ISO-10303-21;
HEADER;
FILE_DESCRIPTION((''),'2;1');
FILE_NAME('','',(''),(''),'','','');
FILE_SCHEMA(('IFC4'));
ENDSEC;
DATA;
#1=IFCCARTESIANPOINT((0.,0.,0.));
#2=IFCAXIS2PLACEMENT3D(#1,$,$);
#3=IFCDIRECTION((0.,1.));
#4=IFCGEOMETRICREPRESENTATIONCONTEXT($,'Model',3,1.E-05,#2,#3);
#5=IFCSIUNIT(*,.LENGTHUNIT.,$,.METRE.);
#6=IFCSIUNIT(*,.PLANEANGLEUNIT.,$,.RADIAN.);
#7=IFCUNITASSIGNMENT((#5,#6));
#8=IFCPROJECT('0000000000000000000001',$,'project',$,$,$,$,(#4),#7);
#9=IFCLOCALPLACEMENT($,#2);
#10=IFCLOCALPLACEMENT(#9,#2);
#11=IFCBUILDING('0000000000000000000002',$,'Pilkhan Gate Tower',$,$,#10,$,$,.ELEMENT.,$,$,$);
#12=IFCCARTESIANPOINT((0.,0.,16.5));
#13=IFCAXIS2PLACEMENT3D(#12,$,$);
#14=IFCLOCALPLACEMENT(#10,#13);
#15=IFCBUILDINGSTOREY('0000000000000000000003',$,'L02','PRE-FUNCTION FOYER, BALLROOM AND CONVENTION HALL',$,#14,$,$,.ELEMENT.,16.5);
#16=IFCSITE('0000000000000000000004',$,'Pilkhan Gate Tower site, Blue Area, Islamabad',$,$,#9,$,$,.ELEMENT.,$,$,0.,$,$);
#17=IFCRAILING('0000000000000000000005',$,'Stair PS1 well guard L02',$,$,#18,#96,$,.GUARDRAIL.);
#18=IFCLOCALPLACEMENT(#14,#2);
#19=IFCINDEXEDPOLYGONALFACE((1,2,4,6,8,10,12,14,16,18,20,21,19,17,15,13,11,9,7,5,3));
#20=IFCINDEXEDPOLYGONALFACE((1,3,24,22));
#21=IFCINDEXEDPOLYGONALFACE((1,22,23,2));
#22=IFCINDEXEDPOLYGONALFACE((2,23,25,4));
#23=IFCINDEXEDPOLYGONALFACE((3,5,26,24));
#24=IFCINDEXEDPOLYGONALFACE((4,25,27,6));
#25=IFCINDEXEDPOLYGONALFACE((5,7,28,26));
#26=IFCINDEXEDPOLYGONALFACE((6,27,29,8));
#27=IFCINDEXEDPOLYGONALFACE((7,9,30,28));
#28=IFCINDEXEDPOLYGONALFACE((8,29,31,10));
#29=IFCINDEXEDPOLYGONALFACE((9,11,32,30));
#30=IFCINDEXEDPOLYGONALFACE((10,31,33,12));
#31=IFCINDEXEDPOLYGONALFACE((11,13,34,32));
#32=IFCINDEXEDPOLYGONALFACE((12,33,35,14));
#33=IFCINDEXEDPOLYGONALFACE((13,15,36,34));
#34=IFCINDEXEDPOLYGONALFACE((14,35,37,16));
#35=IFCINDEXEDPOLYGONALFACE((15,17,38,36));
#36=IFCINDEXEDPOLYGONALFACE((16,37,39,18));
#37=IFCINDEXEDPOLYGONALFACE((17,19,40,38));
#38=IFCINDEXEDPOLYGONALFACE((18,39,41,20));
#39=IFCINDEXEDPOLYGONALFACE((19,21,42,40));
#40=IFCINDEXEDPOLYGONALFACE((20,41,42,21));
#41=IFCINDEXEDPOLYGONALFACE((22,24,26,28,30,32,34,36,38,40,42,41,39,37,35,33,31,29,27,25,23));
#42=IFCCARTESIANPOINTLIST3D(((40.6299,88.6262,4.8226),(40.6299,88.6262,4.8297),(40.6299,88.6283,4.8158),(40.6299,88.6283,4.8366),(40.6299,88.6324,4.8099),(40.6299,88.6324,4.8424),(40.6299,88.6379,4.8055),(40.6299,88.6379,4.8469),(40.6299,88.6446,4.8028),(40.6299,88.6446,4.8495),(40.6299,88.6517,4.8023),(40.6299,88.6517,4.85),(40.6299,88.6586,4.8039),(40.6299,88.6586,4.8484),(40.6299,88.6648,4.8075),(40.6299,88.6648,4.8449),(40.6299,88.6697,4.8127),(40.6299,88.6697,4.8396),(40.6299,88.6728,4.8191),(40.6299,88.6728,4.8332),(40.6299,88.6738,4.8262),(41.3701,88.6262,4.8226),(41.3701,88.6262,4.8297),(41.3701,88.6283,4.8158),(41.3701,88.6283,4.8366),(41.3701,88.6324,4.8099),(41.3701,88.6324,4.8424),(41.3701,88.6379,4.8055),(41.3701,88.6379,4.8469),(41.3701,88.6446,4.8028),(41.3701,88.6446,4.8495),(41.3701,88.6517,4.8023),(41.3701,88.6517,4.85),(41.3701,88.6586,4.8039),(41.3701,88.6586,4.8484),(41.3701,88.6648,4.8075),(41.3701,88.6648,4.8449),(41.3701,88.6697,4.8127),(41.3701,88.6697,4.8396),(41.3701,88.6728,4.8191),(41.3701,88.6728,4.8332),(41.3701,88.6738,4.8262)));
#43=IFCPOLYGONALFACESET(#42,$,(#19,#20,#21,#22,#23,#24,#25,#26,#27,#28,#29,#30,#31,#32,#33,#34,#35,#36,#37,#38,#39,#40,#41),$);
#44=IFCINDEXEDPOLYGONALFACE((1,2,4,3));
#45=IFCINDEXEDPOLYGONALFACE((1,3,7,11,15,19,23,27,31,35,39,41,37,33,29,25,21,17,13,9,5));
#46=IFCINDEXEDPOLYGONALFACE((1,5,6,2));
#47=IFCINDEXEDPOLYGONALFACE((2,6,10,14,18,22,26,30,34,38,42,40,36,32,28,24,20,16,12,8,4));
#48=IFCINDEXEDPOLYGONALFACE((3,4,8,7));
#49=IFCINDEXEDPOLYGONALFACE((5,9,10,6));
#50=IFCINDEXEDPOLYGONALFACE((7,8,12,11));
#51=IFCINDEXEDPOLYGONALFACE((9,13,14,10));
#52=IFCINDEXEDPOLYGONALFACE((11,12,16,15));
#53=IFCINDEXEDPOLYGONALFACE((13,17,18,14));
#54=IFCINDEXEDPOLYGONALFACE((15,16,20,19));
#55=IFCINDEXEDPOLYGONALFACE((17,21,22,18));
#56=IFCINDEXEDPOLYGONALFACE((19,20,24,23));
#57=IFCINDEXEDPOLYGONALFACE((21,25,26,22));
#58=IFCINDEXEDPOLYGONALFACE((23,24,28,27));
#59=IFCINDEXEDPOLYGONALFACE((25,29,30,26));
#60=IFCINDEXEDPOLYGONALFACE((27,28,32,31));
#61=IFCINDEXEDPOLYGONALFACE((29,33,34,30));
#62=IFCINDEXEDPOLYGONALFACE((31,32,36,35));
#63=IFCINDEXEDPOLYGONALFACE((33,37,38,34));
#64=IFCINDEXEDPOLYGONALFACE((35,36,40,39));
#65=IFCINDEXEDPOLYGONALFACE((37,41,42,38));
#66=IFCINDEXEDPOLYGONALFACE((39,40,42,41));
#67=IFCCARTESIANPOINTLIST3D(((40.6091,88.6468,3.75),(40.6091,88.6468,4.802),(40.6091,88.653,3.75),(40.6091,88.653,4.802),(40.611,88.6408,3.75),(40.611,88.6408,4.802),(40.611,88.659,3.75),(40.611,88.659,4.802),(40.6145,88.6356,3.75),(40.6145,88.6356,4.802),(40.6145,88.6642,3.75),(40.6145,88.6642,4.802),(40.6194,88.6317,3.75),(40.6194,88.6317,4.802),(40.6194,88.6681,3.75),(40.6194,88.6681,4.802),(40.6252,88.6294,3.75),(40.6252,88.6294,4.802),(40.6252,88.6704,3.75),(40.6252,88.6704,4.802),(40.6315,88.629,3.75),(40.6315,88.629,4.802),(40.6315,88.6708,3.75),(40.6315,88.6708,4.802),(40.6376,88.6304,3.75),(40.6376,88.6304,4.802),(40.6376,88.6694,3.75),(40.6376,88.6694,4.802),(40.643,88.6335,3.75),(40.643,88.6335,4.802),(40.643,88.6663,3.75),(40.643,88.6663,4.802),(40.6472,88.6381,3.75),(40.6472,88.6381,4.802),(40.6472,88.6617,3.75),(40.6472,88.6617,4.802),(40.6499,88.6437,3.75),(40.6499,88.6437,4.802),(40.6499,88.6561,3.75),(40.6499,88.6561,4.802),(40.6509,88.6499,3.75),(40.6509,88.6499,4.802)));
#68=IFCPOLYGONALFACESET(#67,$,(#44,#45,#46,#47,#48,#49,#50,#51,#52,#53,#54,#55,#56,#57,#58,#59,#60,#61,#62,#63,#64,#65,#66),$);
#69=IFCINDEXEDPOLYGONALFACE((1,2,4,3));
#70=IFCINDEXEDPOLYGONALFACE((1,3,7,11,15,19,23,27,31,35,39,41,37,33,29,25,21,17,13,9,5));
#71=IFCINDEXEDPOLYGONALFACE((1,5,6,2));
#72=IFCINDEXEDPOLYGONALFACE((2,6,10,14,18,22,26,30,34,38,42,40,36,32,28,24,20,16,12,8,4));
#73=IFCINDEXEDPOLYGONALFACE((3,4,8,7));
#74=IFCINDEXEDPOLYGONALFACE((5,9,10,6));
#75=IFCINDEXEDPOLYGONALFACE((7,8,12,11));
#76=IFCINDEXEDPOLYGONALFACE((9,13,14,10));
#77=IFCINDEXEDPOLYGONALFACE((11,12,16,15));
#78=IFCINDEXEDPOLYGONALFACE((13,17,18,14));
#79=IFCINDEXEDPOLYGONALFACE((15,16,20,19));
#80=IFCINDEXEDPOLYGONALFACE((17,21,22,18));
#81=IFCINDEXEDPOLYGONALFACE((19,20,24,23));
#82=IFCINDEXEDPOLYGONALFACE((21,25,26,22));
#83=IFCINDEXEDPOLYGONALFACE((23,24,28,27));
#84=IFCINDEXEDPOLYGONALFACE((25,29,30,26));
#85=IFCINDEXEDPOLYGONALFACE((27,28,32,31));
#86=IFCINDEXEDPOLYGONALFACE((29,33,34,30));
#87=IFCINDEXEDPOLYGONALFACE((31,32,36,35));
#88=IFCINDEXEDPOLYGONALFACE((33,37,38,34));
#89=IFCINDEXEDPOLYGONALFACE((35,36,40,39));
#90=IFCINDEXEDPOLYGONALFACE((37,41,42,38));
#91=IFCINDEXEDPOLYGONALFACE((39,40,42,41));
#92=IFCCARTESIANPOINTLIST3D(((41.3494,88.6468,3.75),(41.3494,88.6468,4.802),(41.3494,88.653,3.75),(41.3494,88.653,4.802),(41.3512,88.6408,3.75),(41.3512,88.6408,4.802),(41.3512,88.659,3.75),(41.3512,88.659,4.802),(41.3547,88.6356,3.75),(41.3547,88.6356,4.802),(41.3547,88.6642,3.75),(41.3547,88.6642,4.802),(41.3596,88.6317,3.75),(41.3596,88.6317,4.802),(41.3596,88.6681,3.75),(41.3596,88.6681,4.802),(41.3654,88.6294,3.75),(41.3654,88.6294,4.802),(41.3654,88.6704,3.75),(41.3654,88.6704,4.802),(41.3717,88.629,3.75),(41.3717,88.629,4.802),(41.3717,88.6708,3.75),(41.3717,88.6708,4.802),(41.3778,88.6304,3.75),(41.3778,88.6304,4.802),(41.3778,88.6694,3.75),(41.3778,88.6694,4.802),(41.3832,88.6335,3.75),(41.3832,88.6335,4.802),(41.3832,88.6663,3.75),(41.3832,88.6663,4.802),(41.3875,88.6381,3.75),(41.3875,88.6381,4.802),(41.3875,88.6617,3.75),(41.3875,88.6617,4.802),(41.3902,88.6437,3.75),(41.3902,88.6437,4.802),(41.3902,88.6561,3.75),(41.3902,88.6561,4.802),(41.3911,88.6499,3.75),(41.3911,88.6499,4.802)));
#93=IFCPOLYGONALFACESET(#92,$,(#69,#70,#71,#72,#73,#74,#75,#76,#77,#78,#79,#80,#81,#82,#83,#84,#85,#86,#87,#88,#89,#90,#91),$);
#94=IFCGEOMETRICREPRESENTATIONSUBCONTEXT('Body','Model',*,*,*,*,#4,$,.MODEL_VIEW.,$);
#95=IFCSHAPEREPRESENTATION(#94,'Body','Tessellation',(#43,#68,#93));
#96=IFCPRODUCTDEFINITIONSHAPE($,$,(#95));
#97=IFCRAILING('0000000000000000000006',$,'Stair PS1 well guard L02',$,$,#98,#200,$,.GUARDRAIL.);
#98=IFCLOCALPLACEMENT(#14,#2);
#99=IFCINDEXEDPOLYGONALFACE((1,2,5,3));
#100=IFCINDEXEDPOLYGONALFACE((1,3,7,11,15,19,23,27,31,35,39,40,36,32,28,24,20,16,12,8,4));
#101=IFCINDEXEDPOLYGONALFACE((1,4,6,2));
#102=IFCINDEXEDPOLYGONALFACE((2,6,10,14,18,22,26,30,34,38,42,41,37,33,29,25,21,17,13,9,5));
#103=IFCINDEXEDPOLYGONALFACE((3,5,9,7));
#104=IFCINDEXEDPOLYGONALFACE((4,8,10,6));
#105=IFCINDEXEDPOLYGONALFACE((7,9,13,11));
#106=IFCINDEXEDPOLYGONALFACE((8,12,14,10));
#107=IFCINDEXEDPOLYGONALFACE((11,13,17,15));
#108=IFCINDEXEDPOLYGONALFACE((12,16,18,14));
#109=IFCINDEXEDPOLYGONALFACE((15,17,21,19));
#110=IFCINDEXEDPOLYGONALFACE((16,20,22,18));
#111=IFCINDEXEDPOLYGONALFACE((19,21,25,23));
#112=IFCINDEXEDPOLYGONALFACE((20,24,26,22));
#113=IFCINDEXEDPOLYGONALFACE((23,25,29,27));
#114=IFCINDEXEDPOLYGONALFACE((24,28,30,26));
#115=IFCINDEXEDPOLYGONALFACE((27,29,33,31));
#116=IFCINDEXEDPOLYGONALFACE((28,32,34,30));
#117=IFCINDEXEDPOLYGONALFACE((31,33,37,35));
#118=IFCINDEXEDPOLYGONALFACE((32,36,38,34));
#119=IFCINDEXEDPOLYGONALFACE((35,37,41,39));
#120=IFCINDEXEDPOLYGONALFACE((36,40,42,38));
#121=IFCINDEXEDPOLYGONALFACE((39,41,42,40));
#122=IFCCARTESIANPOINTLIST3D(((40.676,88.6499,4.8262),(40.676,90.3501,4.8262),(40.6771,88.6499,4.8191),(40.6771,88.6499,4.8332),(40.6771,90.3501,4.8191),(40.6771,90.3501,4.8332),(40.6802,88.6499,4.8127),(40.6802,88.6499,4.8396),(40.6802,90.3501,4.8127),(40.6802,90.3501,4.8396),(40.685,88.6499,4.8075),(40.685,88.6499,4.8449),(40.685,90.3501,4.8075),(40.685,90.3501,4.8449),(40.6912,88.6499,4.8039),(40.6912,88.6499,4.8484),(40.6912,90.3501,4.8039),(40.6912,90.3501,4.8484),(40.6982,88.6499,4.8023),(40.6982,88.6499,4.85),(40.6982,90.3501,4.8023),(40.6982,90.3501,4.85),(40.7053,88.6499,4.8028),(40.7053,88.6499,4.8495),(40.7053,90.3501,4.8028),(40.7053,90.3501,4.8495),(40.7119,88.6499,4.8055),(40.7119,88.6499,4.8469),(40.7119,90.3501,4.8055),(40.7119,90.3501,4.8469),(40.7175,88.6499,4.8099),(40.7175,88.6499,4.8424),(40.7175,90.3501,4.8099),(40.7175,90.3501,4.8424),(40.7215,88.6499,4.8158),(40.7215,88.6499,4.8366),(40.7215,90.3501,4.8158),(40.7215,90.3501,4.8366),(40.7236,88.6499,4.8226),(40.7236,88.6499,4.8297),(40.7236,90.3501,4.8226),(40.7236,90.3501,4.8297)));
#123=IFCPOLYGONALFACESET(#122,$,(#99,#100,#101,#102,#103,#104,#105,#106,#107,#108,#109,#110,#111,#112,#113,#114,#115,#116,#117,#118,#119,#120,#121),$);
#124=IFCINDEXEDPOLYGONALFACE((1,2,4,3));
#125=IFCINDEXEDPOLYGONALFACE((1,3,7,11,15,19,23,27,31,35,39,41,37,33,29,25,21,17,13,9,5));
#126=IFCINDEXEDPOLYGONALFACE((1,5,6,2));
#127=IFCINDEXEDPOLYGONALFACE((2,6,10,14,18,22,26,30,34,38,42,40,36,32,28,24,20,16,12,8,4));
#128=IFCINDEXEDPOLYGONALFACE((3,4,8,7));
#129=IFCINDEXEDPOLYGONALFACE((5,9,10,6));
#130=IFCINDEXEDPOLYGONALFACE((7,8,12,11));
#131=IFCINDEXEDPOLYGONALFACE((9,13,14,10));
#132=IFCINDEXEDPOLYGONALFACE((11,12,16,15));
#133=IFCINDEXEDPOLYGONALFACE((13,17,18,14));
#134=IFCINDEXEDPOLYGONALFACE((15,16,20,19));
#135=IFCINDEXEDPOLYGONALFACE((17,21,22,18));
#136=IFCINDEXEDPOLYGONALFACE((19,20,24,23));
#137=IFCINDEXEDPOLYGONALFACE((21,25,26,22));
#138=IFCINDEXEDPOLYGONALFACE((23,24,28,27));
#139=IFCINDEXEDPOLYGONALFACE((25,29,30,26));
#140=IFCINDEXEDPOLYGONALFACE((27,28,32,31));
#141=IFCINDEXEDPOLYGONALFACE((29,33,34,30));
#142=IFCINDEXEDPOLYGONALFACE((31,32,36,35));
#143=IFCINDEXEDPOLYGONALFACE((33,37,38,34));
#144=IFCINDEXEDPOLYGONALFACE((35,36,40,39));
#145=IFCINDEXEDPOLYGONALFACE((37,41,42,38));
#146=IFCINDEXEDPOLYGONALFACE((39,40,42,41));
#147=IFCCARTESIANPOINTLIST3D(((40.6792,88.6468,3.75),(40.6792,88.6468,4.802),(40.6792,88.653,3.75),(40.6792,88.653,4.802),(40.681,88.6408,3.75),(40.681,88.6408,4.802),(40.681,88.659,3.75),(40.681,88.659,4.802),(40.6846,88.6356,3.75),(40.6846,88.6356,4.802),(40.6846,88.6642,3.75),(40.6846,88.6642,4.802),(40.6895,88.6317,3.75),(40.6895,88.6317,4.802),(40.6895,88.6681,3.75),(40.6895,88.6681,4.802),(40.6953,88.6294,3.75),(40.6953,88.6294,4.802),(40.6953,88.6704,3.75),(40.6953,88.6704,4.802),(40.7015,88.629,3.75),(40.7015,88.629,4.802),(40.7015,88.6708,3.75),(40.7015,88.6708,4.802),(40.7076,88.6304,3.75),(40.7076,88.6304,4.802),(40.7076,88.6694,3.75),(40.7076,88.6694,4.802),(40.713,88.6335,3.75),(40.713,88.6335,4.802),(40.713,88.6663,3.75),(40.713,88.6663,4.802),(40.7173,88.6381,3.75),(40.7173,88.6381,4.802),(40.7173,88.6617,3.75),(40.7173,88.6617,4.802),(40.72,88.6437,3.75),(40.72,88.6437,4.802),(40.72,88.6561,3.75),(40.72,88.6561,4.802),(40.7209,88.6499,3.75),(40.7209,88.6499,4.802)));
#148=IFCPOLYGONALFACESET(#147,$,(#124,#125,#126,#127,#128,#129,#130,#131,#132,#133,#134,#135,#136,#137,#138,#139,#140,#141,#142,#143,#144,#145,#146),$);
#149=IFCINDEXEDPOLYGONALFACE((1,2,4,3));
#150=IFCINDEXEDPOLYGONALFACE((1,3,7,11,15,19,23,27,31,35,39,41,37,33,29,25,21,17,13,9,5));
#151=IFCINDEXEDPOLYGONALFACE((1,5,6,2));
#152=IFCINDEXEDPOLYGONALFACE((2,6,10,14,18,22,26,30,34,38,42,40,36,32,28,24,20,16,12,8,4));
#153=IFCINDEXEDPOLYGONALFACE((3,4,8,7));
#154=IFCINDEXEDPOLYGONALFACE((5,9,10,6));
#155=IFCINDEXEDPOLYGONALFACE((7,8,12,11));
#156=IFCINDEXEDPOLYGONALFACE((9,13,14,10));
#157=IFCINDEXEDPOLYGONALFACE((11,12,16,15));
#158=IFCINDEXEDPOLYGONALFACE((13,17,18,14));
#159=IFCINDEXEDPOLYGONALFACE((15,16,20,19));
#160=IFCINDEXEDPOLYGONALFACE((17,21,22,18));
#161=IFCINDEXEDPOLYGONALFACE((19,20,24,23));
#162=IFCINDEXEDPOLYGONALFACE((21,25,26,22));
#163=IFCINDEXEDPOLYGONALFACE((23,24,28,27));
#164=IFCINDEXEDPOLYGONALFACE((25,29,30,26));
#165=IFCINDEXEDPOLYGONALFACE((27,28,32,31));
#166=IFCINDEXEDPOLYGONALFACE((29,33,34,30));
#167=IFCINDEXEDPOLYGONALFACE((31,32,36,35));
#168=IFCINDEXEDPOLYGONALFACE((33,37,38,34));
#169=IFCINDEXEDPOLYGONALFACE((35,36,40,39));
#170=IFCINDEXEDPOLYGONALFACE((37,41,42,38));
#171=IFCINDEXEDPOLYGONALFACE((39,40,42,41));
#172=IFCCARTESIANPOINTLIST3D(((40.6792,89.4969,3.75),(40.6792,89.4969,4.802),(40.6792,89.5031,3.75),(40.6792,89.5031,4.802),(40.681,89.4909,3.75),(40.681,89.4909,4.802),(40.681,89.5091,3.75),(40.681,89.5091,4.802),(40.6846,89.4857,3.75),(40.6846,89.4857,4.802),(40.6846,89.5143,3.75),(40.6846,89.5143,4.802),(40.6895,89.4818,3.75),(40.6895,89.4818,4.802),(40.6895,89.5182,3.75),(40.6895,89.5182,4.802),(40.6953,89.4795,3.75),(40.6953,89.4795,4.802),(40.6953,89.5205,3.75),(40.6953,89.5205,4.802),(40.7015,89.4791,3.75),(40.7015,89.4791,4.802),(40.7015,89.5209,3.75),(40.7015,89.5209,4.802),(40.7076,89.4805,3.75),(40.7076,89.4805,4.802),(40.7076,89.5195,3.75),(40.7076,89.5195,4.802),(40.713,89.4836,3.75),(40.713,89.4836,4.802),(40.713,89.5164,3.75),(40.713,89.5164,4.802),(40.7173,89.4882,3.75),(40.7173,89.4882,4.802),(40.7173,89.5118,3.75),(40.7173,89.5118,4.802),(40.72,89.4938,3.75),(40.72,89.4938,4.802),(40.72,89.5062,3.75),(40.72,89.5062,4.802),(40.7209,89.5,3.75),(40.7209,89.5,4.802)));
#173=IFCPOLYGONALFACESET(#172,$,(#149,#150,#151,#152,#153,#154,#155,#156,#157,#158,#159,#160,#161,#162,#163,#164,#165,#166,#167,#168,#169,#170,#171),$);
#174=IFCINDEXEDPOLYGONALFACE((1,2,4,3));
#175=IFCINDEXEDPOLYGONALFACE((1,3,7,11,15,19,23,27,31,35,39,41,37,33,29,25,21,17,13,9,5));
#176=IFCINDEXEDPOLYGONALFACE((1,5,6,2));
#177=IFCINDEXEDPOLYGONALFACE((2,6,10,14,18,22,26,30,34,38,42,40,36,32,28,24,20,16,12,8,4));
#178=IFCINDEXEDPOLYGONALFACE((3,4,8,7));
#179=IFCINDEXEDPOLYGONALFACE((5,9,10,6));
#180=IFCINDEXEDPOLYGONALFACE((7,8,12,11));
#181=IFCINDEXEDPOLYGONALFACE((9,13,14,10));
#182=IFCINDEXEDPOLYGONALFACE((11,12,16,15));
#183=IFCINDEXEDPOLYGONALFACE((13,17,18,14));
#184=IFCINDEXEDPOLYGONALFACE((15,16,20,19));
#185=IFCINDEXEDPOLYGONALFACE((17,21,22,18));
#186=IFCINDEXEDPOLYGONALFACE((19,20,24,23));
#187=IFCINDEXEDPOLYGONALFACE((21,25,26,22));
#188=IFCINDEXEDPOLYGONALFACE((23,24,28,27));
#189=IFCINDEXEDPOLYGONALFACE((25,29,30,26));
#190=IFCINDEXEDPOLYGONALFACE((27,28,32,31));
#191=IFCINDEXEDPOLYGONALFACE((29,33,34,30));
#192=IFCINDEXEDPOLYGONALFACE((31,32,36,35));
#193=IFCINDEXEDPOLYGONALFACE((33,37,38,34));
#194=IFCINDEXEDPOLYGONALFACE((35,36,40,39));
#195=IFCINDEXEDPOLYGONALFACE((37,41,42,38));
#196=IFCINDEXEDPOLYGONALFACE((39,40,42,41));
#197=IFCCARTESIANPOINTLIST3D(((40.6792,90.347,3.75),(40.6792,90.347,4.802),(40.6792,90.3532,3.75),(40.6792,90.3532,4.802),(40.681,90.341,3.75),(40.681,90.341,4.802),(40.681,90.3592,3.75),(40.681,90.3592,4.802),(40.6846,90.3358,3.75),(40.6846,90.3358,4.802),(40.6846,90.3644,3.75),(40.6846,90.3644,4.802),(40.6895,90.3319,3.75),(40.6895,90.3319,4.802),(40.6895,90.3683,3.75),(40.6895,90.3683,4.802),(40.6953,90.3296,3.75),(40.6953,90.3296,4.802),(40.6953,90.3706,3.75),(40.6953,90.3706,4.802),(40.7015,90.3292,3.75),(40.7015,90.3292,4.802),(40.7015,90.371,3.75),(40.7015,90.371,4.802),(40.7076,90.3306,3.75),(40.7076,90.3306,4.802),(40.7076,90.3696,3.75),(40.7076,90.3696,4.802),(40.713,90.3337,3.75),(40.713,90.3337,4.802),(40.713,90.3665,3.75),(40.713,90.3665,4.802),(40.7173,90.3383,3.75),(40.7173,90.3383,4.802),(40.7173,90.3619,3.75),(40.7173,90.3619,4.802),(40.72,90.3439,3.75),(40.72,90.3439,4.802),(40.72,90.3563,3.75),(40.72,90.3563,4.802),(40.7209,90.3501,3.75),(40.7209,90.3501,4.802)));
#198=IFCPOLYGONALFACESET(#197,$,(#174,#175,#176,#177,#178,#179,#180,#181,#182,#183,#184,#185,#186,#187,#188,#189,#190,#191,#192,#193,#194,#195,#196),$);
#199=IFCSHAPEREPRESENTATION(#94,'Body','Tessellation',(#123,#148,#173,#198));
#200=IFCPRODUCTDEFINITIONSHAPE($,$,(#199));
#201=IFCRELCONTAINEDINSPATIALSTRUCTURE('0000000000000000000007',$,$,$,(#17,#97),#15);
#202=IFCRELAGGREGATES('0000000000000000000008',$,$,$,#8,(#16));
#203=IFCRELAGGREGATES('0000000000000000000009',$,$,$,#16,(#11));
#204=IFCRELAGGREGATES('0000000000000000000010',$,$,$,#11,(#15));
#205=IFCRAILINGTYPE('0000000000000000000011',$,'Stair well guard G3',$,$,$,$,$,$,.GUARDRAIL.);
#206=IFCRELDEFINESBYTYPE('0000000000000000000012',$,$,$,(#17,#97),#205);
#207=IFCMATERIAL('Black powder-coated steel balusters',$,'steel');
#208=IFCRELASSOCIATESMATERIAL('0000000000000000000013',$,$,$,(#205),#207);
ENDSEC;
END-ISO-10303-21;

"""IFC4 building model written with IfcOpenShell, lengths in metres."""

from ifc_helpers import new_model, si_unit, direction, frame, origin, origin_2d, place, context, subcontext, project, spatial, circle, extrude, material, type_object, element, save


model = new_model("IFC4")

# Units and contexts
model_context = context("Model", 3, precision=1e-05, world=origin(), true_north=direction((0.0, 1.0)))
body_context = subcontext(model_context, "Body", "Model", "MODEL_VIEW")
ifc_project = project(units=[si_unit("LENGTHUNIT", "METRE"), si_unit("PLANEANGLEUNIT", "RADIAN")], contexts=[model_context])

# Site, building, storey
site_placement = place(None, origin())
site = spatial("IfcSite", under=ifc_project, at=site_placement, Name="Pilkhan Gate Tower site, Blue Area, Islamabad", CompositionType="ELEMENT", RefElevation=0.0)
building_placement = place(site_placement, origin())
building = spatial("IfcBuilding", under=site, at=building_placement, Name="Pilkhan Gate Tower", CompositionType="ELEMENT")
storey_placement = place(building_placement, frame((0.0, 0.0, 16.5)))
storey = spatial("IfcBuildingStorey", under=building, at=storey_placement, Name="L02", Description="PRE-FUNCTION FOYER, BALLROOM AND CONVENTION HALL", CompositionType="ELEMENT", Elevation=16.5)

# Railings
ifc_material_1 = material(Name="Black powder-coated steel balusters", Category="steel")
railing_type_1 = type_object("IfcRailingType", Name="Stair well guard G3", PredefinedType="GUARDRAIL", material=ifc_material_1)
railing_1_placement = place(storey_placement, frame((40.6299, 88.6499, 3.75)))
element("IfcRailing", 1, at=railing_1_placement, inside=storey, type_object=railing_type_1, Name="Stair PS1 well guard L02", PredefinedType="GUARDRAIL", context=body_context, shape_type="SweptSolid", body=[
    extrude(circle(Radius=0.0239, at=origin_2d()), frame((0.0, 0.0, 1.0762), z_axis=(1.0, 0.0, 0.0), x_axis=(0.0, 1.0, 0.0)), (0.0, 0.0, 1.0), 0.7402),
    extrude(circle(Radius=0.021, at=origin_2d()), origin(), (0.0, 0.0, 1.0), 1.052),
    extrude(circle(Radius=0.021, at=origin_2d()), frame((0.7402, 0.0, 0.0)), (0.0, 0.0, 1.0), 1.052),
])
railing_2_placement = place(storey_placement, frame((40.7, 88.6499, 3.75)))
element("IfcRailing", 2, at=railing_2_placement, inside=storey, type_object=railing_type_1, Name="Stair PS1 well guard L02", PredefinedType="GUARDRAIL", context=body_context, shape_type="SweptSolid", body=[
    extrude(circle(Radius=0.0239, at=origin_2d()), frame((0.0, 0.0, 1.0762), z_axis=(0.0, 1.0, 0.0), x_axis=(-1.0, 0.0, 0.0)), (0.0, 0.0, 1.0), 1.7002),
    extrude(circle(Radius=0.021, at=origin_2d()), origin(), (0.0, 0.0, 1.0), 1.052),
    extrude(circle(Radius=0.021, at=origin_2d()), frame((0.0, 0.8501, 0.0)), (0.0, 0.0, 1.0), 1.052),
    extrude(circle(Radius=0.021, at=origin_2d()), frame((0.0, 1.7002, 0.0)), (0.0, 0.0, 1.0), 1.052),
])

save(model, "model.ifc")
